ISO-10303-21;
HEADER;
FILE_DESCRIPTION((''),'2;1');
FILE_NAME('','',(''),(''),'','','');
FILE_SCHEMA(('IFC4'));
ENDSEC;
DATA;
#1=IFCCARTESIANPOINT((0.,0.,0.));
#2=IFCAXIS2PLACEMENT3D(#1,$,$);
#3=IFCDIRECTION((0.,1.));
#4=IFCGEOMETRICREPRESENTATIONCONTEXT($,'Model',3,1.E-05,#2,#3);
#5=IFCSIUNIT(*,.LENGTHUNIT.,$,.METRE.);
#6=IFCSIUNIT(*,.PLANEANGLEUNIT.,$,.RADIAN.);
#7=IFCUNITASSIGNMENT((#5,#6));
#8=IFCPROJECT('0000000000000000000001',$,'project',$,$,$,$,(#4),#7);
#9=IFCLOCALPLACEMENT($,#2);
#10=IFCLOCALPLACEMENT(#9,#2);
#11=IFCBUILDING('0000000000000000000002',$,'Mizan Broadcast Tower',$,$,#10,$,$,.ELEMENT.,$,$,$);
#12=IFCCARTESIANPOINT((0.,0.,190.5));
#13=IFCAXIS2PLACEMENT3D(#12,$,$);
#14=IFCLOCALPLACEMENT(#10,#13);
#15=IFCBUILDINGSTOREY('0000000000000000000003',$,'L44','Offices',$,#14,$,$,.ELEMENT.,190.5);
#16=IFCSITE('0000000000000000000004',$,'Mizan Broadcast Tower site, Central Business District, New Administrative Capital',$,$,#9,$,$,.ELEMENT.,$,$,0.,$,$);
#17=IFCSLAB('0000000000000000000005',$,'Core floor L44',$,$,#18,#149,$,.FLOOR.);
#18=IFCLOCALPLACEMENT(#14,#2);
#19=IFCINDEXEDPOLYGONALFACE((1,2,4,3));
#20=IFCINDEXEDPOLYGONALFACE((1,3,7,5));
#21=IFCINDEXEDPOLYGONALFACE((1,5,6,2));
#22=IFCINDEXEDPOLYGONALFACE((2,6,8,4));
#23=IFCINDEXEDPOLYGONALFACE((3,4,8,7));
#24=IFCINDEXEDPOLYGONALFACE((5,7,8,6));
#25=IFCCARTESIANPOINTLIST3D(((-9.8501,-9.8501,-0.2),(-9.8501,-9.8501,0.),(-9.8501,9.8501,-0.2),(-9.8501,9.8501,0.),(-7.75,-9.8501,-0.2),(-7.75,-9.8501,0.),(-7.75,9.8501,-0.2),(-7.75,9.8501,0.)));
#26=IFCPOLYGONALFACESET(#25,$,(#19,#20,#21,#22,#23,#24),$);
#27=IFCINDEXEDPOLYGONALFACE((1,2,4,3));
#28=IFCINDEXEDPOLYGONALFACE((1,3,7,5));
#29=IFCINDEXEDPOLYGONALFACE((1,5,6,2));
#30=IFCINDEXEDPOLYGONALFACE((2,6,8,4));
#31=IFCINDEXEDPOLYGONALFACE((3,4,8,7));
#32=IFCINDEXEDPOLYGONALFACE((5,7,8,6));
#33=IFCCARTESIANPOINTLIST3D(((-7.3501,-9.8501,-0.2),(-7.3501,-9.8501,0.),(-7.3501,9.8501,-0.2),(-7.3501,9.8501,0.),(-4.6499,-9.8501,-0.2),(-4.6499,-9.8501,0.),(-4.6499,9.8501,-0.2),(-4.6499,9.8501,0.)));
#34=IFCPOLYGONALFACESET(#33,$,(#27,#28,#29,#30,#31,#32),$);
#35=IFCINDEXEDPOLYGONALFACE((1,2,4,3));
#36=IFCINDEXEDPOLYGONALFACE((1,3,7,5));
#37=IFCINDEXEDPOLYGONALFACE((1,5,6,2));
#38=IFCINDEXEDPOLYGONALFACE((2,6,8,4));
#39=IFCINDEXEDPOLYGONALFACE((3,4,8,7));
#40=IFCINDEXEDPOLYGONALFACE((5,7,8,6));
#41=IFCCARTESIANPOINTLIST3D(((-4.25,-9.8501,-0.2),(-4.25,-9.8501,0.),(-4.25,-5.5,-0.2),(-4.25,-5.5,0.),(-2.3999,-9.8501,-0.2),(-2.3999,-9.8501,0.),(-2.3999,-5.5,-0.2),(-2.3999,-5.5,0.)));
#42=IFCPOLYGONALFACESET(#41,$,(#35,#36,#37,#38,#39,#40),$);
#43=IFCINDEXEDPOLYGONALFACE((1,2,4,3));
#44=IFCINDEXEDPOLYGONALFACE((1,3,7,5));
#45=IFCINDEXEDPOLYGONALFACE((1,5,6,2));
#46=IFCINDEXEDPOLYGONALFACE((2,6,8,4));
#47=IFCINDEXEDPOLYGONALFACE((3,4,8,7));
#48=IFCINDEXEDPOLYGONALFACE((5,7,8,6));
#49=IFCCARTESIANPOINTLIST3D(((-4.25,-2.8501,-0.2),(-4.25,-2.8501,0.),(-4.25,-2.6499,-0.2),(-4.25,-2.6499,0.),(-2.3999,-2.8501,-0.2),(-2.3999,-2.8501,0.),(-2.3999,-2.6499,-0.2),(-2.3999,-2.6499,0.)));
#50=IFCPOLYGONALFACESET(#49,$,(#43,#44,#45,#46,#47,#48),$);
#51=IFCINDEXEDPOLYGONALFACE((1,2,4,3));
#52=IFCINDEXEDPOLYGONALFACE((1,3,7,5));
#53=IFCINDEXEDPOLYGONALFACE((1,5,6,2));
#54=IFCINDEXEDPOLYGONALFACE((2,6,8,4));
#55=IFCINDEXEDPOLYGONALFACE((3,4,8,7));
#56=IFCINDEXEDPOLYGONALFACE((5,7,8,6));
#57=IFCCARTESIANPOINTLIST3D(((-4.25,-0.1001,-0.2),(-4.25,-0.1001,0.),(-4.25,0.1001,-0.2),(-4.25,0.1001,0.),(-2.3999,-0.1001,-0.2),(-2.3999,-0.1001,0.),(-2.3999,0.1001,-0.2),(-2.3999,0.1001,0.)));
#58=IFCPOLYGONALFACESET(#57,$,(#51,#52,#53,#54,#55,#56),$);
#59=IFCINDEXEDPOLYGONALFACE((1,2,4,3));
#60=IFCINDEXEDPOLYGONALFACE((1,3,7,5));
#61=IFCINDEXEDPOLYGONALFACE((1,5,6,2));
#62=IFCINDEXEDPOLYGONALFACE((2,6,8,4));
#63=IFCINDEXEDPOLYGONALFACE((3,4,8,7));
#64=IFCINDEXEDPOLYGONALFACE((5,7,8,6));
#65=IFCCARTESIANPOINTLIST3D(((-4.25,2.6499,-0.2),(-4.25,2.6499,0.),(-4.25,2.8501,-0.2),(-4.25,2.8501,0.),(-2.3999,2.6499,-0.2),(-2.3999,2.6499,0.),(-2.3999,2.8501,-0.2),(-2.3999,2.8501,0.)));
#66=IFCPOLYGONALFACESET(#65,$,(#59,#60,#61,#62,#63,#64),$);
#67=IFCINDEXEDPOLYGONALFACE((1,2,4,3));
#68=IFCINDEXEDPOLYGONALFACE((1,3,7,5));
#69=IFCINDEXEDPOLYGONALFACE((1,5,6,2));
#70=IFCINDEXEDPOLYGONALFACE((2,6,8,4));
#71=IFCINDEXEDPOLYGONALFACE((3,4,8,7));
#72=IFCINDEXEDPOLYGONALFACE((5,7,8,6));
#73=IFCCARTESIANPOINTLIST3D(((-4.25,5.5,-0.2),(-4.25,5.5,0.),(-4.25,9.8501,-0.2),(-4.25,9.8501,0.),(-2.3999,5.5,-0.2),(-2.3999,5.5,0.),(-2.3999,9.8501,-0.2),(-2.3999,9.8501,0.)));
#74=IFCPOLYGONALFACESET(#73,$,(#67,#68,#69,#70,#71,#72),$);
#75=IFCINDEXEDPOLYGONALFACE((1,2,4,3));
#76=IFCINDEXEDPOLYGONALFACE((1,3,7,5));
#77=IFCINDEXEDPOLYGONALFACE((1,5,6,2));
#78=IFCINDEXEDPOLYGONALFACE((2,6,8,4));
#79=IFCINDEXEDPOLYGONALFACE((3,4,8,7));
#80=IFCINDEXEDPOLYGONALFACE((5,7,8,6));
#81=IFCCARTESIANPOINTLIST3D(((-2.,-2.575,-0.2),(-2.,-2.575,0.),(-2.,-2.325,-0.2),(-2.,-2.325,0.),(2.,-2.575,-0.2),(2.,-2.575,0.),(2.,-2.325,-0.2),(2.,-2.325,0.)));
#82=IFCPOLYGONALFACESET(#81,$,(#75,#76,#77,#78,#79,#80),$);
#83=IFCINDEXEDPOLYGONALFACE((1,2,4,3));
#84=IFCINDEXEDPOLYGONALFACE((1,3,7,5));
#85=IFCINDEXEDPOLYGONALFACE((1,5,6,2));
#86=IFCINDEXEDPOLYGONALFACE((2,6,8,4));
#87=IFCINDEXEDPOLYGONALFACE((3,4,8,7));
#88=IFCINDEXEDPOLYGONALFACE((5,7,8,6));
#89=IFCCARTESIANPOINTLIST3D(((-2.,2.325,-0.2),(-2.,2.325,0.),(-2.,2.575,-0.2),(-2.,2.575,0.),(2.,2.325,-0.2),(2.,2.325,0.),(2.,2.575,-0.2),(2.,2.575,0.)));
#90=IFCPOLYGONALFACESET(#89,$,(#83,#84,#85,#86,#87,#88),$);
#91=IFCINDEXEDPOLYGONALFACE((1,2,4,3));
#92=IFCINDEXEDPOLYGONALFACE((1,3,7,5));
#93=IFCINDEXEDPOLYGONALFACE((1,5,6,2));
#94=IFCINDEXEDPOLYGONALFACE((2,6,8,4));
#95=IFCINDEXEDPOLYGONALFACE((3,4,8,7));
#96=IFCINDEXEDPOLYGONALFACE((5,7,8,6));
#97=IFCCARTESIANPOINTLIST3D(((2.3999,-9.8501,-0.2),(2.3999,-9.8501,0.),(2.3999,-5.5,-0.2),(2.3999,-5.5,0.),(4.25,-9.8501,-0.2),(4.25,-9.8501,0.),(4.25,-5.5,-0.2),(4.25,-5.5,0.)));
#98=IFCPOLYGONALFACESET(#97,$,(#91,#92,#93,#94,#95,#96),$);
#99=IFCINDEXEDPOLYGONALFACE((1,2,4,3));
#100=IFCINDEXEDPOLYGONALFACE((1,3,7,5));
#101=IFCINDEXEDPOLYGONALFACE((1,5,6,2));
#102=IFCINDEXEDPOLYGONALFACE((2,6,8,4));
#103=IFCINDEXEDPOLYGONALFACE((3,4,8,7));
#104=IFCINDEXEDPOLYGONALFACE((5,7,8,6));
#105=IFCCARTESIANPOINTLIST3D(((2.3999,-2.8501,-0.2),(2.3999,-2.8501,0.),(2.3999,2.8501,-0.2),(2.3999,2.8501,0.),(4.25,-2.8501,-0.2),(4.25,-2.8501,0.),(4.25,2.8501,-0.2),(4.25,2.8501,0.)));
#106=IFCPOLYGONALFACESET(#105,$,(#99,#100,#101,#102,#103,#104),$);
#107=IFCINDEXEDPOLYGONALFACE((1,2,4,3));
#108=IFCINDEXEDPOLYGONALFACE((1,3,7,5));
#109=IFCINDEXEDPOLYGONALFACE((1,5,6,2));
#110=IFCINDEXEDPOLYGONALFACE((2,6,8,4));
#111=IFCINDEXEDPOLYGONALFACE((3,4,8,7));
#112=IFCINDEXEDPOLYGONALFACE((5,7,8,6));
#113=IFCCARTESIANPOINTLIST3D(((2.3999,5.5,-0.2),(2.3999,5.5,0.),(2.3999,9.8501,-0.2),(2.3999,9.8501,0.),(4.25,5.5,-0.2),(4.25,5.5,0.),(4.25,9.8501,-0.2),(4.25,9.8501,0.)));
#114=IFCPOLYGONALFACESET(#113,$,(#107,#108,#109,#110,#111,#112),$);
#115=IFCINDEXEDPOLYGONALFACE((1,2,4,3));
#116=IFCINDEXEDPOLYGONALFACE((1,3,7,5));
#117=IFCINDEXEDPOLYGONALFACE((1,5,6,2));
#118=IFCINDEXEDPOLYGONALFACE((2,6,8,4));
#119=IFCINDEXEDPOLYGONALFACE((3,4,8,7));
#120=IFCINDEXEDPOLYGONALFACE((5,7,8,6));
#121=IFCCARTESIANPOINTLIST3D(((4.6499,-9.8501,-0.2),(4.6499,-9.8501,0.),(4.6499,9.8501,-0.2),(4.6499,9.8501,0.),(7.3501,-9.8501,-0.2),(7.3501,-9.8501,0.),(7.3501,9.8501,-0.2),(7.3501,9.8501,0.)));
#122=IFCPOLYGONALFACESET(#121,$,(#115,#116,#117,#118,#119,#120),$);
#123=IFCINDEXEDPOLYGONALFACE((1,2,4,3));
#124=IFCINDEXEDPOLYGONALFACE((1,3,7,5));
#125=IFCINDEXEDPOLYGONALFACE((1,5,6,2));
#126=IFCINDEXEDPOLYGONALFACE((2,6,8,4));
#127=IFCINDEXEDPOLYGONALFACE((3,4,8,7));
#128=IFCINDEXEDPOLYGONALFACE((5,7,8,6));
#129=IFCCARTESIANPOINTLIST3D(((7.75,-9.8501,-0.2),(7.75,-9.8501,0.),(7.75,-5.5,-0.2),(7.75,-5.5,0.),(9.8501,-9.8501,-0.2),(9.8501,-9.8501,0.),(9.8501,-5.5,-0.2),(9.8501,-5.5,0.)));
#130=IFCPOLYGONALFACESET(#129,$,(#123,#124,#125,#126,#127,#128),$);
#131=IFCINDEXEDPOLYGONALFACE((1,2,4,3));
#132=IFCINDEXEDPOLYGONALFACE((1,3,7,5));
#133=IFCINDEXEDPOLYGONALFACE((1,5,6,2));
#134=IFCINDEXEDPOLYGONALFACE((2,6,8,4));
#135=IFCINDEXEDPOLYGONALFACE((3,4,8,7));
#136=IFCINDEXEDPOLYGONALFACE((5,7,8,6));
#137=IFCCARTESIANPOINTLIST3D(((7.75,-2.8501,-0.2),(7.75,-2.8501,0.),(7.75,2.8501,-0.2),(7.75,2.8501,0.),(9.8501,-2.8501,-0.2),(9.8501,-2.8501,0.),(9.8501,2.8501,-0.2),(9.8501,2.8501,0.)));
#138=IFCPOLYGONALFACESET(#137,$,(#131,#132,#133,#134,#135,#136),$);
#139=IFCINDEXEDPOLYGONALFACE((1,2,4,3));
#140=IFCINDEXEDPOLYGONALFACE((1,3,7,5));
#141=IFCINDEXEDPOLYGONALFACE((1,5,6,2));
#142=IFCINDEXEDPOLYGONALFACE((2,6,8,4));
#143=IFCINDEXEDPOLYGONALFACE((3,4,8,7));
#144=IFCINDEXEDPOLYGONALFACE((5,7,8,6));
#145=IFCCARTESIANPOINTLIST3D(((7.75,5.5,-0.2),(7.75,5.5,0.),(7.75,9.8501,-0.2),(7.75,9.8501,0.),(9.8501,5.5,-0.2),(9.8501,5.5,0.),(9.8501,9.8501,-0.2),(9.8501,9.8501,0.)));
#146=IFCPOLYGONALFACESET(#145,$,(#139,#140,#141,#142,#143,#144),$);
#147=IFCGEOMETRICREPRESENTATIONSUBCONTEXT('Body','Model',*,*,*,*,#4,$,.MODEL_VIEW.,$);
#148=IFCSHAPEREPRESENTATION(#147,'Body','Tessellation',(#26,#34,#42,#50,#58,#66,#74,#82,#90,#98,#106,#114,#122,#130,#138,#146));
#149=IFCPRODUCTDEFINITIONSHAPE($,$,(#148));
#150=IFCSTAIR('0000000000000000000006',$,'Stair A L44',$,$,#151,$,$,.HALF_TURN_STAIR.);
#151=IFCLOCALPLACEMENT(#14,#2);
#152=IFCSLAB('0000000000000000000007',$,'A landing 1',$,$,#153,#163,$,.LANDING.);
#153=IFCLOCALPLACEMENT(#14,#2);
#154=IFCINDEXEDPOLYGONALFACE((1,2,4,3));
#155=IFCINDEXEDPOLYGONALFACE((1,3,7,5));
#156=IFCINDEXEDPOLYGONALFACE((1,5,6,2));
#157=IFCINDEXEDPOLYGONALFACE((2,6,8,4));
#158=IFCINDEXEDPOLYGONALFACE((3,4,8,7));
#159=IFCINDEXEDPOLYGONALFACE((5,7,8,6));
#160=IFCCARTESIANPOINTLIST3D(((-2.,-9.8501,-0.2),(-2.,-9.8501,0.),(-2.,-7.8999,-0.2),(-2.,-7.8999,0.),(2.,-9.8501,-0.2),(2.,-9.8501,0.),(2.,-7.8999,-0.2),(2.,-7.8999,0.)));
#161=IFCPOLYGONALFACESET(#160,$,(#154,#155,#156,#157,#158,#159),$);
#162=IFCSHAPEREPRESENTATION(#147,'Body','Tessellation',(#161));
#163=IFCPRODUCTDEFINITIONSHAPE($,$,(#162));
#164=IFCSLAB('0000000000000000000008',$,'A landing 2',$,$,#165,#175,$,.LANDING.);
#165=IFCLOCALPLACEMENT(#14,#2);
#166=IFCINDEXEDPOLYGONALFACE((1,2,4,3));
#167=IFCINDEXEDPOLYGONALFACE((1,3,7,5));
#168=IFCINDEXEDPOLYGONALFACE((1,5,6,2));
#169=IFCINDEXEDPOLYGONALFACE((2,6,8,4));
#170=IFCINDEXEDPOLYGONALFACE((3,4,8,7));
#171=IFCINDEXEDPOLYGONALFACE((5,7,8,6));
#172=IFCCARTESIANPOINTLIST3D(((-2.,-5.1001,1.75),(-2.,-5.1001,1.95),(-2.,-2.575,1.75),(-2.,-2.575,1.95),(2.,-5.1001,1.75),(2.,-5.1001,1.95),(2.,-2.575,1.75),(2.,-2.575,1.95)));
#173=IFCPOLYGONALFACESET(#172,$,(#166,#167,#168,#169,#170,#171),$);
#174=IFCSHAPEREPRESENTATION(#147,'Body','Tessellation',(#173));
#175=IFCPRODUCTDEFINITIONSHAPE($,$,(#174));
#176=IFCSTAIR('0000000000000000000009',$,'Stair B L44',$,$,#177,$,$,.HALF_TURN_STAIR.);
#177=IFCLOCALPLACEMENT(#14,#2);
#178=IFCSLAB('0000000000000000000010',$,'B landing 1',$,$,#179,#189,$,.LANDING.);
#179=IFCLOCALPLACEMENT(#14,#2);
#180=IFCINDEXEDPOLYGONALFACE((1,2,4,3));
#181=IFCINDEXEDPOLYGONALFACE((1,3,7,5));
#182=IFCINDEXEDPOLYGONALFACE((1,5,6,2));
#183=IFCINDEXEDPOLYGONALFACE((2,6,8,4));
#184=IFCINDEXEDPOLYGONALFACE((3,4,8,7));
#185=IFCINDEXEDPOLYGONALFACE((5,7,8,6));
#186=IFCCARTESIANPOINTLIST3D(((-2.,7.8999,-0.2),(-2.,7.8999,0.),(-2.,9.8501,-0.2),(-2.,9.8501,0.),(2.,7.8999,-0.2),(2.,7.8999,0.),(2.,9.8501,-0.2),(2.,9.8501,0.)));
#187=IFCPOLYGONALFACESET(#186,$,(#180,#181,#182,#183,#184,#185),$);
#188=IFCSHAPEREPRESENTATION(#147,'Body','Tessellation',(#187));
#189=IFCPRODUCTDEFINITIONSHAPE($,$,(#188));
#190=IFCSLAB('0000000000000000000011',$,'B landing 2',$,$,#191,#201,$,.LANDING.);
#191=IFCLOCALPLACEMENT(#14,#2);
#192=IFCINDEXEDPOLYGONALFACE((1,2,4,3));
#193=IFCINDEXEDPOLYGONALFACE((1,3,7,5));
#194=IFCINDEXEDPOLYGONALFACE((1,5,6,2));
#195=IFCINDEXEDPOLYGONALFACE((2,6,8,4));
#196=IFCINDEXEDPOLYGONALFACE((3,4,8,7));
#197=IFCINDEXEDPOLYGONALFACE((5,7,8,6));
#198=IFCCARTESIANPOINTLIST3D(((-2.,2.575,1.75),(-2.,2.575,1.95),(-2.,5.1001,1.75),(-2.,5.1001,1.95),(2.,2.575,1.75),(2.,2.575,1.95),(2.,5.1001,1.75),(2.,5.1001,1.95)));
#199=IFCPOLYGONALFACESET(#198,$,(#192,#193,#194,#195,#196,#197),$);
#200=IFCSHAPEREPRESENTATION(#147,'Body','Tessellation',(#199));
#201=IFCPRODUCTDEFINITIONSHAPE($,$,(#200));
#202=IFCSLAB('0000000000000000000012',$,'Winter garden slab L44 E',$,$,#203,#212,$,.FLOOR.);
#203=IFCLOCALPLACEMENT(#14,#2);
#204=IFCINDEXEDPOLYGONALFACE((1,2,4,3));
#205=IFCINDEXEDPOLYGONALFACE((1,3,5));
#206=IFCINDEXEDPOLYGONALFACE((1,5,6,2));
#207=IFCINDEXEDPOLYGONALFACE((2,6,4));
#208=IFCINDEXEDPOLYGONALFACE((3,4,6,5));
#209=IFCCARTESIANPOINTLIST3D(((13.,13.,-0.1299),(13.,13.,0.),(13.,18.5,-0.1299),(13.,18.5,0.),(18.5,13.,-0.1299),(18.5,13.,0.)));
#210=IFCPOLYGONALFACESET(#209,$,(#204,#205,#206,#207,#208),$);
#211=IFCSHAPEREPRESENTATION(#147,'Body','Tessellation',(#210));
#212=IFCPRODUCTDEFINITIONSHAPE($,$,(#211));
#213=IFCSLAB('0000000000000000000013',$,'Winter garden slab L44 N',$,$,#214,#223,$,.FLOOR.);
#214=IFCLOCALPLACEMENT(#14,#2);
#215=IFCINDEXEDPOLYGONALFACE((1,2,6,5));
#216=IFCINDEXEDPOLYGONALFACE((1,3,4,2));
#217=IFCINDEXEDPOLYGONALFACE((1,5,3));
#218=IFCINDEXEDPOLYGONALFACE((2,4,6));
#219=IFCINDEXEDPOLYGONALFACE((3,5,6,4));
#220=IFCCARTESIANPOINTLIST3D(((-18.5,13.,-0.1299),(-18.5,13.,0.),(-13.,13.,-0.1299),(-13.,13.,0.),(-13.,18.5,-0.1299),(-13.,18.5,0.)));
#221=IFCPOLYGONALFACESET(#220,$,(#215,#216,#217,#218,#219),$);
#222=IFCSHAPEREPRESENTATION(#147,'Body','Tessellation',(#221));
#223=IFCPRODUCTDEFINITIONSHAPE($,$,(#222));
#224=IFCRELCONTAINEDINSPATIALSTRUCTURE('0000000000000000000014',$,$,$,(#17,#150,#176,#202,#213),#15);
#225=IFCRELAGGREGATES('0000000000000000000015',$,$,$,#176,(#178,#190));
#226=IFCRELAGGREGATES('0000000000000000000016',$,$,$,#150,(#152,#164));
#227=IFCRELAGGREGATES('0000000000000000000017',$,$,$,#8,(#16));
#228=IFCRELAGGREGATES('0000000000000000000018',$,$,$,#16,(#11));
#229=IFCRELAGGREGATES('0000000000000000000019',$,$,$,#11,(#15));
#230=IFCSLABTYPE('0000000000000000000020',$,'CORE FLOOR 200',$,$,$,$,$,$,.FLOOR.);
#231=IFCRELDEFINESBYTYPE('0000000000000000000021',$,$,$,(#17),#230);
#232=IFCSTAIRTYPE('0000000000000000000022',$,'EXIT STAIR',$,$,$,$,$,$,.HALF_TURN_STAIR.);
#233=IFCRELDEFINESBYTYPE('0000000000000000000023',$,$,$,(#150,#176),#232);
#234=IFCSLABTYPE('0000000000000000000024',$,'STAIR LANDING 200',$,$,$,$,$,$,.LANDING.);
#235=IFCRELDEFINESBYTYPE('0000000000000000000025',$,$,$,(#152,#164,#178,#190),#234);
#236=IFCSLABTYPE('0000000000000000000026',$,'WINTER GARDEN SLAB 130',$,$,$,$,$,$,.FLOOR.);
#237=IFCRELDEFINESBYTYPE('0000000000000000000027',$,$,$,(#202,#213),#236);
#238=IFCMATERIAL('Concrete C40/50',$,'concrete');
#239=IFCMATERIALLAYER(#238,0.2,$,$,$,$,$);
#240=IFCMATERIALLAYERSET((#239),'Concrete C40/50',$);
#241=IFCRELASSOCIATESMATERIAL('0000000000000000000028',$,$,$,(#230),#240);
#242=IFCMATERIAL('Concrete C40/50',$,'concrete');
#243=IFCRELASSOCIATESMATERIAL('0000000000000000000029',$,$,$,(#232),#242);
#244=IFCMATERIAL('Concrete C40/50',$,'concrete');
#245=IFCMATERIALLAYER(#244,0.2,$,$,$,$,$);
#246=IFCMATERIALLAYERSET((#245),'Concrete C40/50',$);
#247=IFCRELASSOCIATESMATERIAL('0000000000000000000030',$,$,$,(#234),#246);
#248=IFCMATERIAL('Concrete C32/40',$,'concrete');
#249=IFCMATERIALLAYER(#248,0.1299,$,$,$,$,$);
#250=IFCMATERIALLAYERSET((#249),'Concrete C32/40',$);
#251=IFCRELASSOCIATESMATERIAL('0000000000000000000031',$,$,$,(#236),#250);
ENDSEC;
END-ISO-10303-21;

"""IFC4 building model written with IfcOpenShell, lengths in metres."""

from ifc_helpers import new_model, si_unit, direction, frame, origin, place, context, subcontext, project, spatial, polyline, outline, extrude, material, layer, layer_set, type_object, element, aggregate, save


model = new_model("IFC4")

# Units and contexts
model_context = context("Model", 3, precision=1e-05, world=origin(), true_north=direction((0.0, 1.0)))
body_context = subcontext(model_context, "Body", "Model", "MODEL_VIEW")
ifc_project = project(units=[si_unit("LENGTHUNIT", "METRE"), si_unit("PLANEANGLEUNIT", "RADIAN")], contexts=[model_context])

# Site, building, storey
site_placement = place(None, origin())
site = spatial("IfcSite", under=ifc_project, at=site_placement, Name="Mizan Broadcast Tower site, Central Business District, New Administrative Capital", CompositionType="ELEMENT", RefElevation=0.0)
building_placement = place(site_placement, origin())
building = spatial("IfcBuilding", under=site, at=building_placement, Name="Mizan Broadcast Tower", CompositionType="ELEMENT")
storey_placement = place(building_placement, frame((0.0, 0.0, 190.5)))
storey = spatial("IfcBuildingStorey", under=building, at=storey_placement, Name="L44", Description="Offices", CompositionType="ELEMENT", Elevation=190.5)

# Slab
ifc_material_1 = material(Name="Concrete C40/50", Category="concrete")
ifc_layer_1 = layer(ifc_material_1, 0.2)
ifc_layer_set_1 = layer_set([ifc_layer_1], Name="Concrete C40/50")
slab_type_1 = type_object("IfcSlabType", Name="CORE FLOOR 200", PredefinedType="FLOOR", material=ifc_layer_set_1)
slab_1_placement = place(storey_placement, frame((0.0, 0.0, -0.2)))
element("IfcSlab", 1, at=slab_1_placement, inside=storey, type_object=slab_type_1, Name="Core floor L44", PredefinedType="FLOOR", context=body_context, shape_type="SweptSolid", body=[
    extrude(outline(polyline([(-9.8501, -9.8501), (-7.75, -9.8501), (-7.75, 9.8501), (-9.8501, 9.8501), (-9.8501, -9.8501)])), origin(), (0.0, 0.0, 1.0), 0.2),
    extrude(outline(polyline([(-4.6499, 9.8501), (-7.3501, 9.8501), (-7.3501, -9.8501), (-4.6499, -9.8501), (-4.6499, 9.8501)])), origin(), (0.0, 0.0, 1.0), 0.2),
    extrude(outline(polyline([(-4.25, -5.5), (-4.25, -9.8501), (-2.3999, -9.8501), (-2.3999, -5.5), (-4.25, -5.5)])), origin(), (0.0, 0.0, 1.0), 0.2),
    extrude(outline(polyline([(-4.25, -2.8501), (-2.3999, -2.8501), (-2.3999, -2.6499), (-4.25, -2.6499), (-4.25, -2.8501)])), origin(), (0.0, 0.0, 1.0), 0.2),
    extrude(outline(polyline([(-4.25, -0.1001), (-2.3999, -0.1001), (-2.3999, 0.1001), (-4.25, 0.1001), (-4.25, -0.1001)])), origin(), (0.0, 0.0, 1.0), 0.2),
    extrude(outline(polyline([(-4.25, 2.6499), (-2.3999, 2.6499), (-2.3999, 2.8501), (-4.25, 2.8501), (-4.25, 2.6499)])), origin(), (0.0, 0.0, 1.0), 0.2),
    extrude(outline(polyline([(-4.25, 5.5), (-2.3999, 5.5), (-2.3999, 9.8501), (-4.25, 9.8501), (-4.25, 5.5)])), origin(), (0.0, 0.0, 1.0), 0.2),
    extrude(outline(polyline([(2.0, -2.325), (-2.0, -2.325), (-2.0, -2.575), (2.0, -2.575), (2.0, -2.325)])), origin(), (0.0, 0.0, 1.0), 0.2),
    extrude(outline(polyline([(2.0, 2.575), (-2.0, 2.575), (-2.0, 2.325), (2.0, 2.325), (2.0, 2.575)])), origin(), (0.0, 0.0, 1.0), 0.2),
    extrude(outline(polyline([(4.25, -9.8501), (4.25, -5.5), (2.3999, -5.5), (2.3999, -9.8501), (4.25, -9.8501)])), origin(), (0.0, 0.0, 1.0), 0.2),
    extrude(outline(polyline([(4.25, -2.8501), (4.25, 2.8501), (2.3999, 2.8501), (2.3999, -2.8501), (4.25, -2.8501)])), origin(), (0.0, 0.0, 1.0), 0.2),
    extrude(outline(polyline([(4.25, 5.5), (4.25, 9.8501), (2.3999, 9.8501), (2.3999, 5.5), (4.25, 5.5)])), origin(), (0.0, 0.0, 1.0), 0.2),
    extrude(outline(polyline([(4.6499, 9.8501), (4.6499, -9.8501), (7.3501, -9.8501), (7.3501, 9.8501), (4.6499, 9.8501)])), origin(), (0.0, 0.0, 1.0), 0.2),
    extrude(outline(polyline([(9.8501, -9.8501), (9.8501, -5.5), (7.75, -5.5), (7.75, -9.8501), (9.8501, -9.8501)])), origin(), (0.0, 0.0, 1.0), 0.2),
    extrude(outline(polyline([(7.75, -2.8501), (9.8501, -2.8501), (9.8501, 2.8501), (7.75, 2.8501), (7.75, -2.8501)])), origin(), (0.0, 0.0, 1.0), 0.2),
    extrude(outline(polyline([(9.8501, 5.5), (9.8501, 9.8501), (7.75, 9.8501), (7.75, 5.5), (9.8501, 5.5)])), origin(), (0.0, 0.0, 1.0), 0.2),
])

# Stairs, slabs
ifc_material_2 = material(Name="Concrete C40/50", Category="concrete")
stair_type = type_object("IfcStairType", Name="EXIT STAIR", PredefinedType="HALF_TURN_STAIR", material=ifc_material_2)
stair_1_placement = place(storey_placement, origin())
stair_1 = element("IfcStair", 2, at=stair_1_placement, inside=storey, type_object=stair_type, Name="Stair A L44", PredefinedType="HALF_TURN_STAIR")
ifc_material_3 = material(Name="Concrete C40/50", Category="concrete")
ifc_layer_2 = layer(ifc_material_3, 0.2)
ifc_layer_set_2 = layer_set([ifc_layer_2], Name="Concrete C40/50")
slab_type_2 = type_object("IfcSlabType", Name="STAIR LANDING 200", PredefinedType="LANDING", material=ifc_layer_set_2)
slab_2_placement = place(storey_placement, frame((0.0, 0.0, -0.2)))
slab_2 = element("IfcSlab", 3, at=slab_2_placement, type_object=slab_type_2, Name="A landing 1", PredefinedType="LANDING", context=body_context, shape_type="SweptSolid", body=[
    extrude(outline(polyline([(-2.0, -9.8501), (-2.0, -7.8999), (2.0, -7.8999), (2.0, -9.8501), (-2.0, -9.8501)])), origin(), (0.0, 0.0, 1.0), 0.2),
])
slab_3_placement = place(storey_placement, frame((0.0, 0.0, 1.75)))
slab_3 = element("IfcSlab", 4, at=slab_3_placement, type_object=slab_type_2, Name="A landing 2", PredefinedType="LANDING", context=body_context, shape_type="SweptSolid", body=[
    extrude(outline(polyline([(-2.0, -5.1001), (-2.0, -2.575), (2.0, -2.575), (2.0, -5.1001), (-2.0, -5.1001)])), origin(), (0.0, 0.0, 1.0), 0.2),
])
stair_2_placement = place(storey_placement, origin())
stair_2 = element("IfcStair", 5, at=stair_2_placement, inside=storey, type_object=stair_type, Name="Stair B L44", PredefinedType="HALF_TURN_STAIR")
slab_4_placement = place(storey_placement, frame((0.0, 0.0, -0.2)))
slab_4 = element("IfcSlab", 6, at=slab_4_placement, type_object=slab_type_2, Name="B landing 1", PredefinedType="LANDING", context=body_context, shape_type="SweptSolid", body=[
    extrude(outline(polyline([(2.0, 9.8501), (2.0, 7.8999), (-2.0, 7.8999), (-2.0, 9.8501), (2.0, 9.8501)])), origin(), (0.0, 0.0, 1.0), 0.2),
])
slab_5_placement = place(storey_placement, frame((0.0, 0.0, 1.75)))
slab_5 = element("IfcSlab", 7, at=slab_5_placement, type_object=slab_type_2, Name="B landing 2", PredefinedType="LANDING", context=body_context, shape_type="SweptSolid", body=[
    extrude(outline(polyline([(2.0, 5.1001), (2.0, 2.575), (-2.0, 2.575), (-2.0, 5.1001), (2.0, 5.1001)])), origin(), (0.0, 0.0, 1.0), 0.2),
])
aggregate(stair_2, [slab_4, slab_5])

# Slabs
ifc_material_4 = material(Name="Concrete C32/40", Category="concrete")
ifc_layer_3 = layer(ifc_material_4, 0.1299)
ifc_layer_set_3 = layer_set([ifc_layer_3], Name="Concrete C32/40")
slab_type_3 = type_object("IfcSlabType", Name="WINTER GARDEN SLAB 130", PredefinedType="FLOOR", material=ifc_layer_set_3)
slab_6_placement = place(storey_placement, frame((0.0, 0.0, -0.1299)))
element("IfcSlab", 8, at=slab_6_placement, inside=storey, type_object=slab_type_3, Name="Winter garden slab L44 E", PredefinedType="FLOOR", context=body_context, shape_type="SweptSolid", body=[
    extrude(outline(polyline([(13.0, 13.0), (18.5, 13.0), (13.0, 18.5), (13.0, 13.0)])), origin(), (0.0, 0.0, 1.0), 0.1299),
])
slab_7_placement = place(storey_placement, frame((0.0, 0.0, -0.1299)))
element("IfcSlab", 9, at=slab_7_placement, inside=storey, type_object=slab_type_3, Name="Winter garden slab L44 N", PredefinedType="FLOOR", context=body_context, shape_type="SweptSolid", body=[
    extrude(outline(polyline([(-13.0, 13.0), (-13.0, 18.5), (-18.5, 13.0), (-13.0, 13.0)])), origin(), (0.0, 0.0, 1.0), 0.1299),
])

aggregate(stair_1, [slab_2, slab_3])

save(model, "model.ifc")
